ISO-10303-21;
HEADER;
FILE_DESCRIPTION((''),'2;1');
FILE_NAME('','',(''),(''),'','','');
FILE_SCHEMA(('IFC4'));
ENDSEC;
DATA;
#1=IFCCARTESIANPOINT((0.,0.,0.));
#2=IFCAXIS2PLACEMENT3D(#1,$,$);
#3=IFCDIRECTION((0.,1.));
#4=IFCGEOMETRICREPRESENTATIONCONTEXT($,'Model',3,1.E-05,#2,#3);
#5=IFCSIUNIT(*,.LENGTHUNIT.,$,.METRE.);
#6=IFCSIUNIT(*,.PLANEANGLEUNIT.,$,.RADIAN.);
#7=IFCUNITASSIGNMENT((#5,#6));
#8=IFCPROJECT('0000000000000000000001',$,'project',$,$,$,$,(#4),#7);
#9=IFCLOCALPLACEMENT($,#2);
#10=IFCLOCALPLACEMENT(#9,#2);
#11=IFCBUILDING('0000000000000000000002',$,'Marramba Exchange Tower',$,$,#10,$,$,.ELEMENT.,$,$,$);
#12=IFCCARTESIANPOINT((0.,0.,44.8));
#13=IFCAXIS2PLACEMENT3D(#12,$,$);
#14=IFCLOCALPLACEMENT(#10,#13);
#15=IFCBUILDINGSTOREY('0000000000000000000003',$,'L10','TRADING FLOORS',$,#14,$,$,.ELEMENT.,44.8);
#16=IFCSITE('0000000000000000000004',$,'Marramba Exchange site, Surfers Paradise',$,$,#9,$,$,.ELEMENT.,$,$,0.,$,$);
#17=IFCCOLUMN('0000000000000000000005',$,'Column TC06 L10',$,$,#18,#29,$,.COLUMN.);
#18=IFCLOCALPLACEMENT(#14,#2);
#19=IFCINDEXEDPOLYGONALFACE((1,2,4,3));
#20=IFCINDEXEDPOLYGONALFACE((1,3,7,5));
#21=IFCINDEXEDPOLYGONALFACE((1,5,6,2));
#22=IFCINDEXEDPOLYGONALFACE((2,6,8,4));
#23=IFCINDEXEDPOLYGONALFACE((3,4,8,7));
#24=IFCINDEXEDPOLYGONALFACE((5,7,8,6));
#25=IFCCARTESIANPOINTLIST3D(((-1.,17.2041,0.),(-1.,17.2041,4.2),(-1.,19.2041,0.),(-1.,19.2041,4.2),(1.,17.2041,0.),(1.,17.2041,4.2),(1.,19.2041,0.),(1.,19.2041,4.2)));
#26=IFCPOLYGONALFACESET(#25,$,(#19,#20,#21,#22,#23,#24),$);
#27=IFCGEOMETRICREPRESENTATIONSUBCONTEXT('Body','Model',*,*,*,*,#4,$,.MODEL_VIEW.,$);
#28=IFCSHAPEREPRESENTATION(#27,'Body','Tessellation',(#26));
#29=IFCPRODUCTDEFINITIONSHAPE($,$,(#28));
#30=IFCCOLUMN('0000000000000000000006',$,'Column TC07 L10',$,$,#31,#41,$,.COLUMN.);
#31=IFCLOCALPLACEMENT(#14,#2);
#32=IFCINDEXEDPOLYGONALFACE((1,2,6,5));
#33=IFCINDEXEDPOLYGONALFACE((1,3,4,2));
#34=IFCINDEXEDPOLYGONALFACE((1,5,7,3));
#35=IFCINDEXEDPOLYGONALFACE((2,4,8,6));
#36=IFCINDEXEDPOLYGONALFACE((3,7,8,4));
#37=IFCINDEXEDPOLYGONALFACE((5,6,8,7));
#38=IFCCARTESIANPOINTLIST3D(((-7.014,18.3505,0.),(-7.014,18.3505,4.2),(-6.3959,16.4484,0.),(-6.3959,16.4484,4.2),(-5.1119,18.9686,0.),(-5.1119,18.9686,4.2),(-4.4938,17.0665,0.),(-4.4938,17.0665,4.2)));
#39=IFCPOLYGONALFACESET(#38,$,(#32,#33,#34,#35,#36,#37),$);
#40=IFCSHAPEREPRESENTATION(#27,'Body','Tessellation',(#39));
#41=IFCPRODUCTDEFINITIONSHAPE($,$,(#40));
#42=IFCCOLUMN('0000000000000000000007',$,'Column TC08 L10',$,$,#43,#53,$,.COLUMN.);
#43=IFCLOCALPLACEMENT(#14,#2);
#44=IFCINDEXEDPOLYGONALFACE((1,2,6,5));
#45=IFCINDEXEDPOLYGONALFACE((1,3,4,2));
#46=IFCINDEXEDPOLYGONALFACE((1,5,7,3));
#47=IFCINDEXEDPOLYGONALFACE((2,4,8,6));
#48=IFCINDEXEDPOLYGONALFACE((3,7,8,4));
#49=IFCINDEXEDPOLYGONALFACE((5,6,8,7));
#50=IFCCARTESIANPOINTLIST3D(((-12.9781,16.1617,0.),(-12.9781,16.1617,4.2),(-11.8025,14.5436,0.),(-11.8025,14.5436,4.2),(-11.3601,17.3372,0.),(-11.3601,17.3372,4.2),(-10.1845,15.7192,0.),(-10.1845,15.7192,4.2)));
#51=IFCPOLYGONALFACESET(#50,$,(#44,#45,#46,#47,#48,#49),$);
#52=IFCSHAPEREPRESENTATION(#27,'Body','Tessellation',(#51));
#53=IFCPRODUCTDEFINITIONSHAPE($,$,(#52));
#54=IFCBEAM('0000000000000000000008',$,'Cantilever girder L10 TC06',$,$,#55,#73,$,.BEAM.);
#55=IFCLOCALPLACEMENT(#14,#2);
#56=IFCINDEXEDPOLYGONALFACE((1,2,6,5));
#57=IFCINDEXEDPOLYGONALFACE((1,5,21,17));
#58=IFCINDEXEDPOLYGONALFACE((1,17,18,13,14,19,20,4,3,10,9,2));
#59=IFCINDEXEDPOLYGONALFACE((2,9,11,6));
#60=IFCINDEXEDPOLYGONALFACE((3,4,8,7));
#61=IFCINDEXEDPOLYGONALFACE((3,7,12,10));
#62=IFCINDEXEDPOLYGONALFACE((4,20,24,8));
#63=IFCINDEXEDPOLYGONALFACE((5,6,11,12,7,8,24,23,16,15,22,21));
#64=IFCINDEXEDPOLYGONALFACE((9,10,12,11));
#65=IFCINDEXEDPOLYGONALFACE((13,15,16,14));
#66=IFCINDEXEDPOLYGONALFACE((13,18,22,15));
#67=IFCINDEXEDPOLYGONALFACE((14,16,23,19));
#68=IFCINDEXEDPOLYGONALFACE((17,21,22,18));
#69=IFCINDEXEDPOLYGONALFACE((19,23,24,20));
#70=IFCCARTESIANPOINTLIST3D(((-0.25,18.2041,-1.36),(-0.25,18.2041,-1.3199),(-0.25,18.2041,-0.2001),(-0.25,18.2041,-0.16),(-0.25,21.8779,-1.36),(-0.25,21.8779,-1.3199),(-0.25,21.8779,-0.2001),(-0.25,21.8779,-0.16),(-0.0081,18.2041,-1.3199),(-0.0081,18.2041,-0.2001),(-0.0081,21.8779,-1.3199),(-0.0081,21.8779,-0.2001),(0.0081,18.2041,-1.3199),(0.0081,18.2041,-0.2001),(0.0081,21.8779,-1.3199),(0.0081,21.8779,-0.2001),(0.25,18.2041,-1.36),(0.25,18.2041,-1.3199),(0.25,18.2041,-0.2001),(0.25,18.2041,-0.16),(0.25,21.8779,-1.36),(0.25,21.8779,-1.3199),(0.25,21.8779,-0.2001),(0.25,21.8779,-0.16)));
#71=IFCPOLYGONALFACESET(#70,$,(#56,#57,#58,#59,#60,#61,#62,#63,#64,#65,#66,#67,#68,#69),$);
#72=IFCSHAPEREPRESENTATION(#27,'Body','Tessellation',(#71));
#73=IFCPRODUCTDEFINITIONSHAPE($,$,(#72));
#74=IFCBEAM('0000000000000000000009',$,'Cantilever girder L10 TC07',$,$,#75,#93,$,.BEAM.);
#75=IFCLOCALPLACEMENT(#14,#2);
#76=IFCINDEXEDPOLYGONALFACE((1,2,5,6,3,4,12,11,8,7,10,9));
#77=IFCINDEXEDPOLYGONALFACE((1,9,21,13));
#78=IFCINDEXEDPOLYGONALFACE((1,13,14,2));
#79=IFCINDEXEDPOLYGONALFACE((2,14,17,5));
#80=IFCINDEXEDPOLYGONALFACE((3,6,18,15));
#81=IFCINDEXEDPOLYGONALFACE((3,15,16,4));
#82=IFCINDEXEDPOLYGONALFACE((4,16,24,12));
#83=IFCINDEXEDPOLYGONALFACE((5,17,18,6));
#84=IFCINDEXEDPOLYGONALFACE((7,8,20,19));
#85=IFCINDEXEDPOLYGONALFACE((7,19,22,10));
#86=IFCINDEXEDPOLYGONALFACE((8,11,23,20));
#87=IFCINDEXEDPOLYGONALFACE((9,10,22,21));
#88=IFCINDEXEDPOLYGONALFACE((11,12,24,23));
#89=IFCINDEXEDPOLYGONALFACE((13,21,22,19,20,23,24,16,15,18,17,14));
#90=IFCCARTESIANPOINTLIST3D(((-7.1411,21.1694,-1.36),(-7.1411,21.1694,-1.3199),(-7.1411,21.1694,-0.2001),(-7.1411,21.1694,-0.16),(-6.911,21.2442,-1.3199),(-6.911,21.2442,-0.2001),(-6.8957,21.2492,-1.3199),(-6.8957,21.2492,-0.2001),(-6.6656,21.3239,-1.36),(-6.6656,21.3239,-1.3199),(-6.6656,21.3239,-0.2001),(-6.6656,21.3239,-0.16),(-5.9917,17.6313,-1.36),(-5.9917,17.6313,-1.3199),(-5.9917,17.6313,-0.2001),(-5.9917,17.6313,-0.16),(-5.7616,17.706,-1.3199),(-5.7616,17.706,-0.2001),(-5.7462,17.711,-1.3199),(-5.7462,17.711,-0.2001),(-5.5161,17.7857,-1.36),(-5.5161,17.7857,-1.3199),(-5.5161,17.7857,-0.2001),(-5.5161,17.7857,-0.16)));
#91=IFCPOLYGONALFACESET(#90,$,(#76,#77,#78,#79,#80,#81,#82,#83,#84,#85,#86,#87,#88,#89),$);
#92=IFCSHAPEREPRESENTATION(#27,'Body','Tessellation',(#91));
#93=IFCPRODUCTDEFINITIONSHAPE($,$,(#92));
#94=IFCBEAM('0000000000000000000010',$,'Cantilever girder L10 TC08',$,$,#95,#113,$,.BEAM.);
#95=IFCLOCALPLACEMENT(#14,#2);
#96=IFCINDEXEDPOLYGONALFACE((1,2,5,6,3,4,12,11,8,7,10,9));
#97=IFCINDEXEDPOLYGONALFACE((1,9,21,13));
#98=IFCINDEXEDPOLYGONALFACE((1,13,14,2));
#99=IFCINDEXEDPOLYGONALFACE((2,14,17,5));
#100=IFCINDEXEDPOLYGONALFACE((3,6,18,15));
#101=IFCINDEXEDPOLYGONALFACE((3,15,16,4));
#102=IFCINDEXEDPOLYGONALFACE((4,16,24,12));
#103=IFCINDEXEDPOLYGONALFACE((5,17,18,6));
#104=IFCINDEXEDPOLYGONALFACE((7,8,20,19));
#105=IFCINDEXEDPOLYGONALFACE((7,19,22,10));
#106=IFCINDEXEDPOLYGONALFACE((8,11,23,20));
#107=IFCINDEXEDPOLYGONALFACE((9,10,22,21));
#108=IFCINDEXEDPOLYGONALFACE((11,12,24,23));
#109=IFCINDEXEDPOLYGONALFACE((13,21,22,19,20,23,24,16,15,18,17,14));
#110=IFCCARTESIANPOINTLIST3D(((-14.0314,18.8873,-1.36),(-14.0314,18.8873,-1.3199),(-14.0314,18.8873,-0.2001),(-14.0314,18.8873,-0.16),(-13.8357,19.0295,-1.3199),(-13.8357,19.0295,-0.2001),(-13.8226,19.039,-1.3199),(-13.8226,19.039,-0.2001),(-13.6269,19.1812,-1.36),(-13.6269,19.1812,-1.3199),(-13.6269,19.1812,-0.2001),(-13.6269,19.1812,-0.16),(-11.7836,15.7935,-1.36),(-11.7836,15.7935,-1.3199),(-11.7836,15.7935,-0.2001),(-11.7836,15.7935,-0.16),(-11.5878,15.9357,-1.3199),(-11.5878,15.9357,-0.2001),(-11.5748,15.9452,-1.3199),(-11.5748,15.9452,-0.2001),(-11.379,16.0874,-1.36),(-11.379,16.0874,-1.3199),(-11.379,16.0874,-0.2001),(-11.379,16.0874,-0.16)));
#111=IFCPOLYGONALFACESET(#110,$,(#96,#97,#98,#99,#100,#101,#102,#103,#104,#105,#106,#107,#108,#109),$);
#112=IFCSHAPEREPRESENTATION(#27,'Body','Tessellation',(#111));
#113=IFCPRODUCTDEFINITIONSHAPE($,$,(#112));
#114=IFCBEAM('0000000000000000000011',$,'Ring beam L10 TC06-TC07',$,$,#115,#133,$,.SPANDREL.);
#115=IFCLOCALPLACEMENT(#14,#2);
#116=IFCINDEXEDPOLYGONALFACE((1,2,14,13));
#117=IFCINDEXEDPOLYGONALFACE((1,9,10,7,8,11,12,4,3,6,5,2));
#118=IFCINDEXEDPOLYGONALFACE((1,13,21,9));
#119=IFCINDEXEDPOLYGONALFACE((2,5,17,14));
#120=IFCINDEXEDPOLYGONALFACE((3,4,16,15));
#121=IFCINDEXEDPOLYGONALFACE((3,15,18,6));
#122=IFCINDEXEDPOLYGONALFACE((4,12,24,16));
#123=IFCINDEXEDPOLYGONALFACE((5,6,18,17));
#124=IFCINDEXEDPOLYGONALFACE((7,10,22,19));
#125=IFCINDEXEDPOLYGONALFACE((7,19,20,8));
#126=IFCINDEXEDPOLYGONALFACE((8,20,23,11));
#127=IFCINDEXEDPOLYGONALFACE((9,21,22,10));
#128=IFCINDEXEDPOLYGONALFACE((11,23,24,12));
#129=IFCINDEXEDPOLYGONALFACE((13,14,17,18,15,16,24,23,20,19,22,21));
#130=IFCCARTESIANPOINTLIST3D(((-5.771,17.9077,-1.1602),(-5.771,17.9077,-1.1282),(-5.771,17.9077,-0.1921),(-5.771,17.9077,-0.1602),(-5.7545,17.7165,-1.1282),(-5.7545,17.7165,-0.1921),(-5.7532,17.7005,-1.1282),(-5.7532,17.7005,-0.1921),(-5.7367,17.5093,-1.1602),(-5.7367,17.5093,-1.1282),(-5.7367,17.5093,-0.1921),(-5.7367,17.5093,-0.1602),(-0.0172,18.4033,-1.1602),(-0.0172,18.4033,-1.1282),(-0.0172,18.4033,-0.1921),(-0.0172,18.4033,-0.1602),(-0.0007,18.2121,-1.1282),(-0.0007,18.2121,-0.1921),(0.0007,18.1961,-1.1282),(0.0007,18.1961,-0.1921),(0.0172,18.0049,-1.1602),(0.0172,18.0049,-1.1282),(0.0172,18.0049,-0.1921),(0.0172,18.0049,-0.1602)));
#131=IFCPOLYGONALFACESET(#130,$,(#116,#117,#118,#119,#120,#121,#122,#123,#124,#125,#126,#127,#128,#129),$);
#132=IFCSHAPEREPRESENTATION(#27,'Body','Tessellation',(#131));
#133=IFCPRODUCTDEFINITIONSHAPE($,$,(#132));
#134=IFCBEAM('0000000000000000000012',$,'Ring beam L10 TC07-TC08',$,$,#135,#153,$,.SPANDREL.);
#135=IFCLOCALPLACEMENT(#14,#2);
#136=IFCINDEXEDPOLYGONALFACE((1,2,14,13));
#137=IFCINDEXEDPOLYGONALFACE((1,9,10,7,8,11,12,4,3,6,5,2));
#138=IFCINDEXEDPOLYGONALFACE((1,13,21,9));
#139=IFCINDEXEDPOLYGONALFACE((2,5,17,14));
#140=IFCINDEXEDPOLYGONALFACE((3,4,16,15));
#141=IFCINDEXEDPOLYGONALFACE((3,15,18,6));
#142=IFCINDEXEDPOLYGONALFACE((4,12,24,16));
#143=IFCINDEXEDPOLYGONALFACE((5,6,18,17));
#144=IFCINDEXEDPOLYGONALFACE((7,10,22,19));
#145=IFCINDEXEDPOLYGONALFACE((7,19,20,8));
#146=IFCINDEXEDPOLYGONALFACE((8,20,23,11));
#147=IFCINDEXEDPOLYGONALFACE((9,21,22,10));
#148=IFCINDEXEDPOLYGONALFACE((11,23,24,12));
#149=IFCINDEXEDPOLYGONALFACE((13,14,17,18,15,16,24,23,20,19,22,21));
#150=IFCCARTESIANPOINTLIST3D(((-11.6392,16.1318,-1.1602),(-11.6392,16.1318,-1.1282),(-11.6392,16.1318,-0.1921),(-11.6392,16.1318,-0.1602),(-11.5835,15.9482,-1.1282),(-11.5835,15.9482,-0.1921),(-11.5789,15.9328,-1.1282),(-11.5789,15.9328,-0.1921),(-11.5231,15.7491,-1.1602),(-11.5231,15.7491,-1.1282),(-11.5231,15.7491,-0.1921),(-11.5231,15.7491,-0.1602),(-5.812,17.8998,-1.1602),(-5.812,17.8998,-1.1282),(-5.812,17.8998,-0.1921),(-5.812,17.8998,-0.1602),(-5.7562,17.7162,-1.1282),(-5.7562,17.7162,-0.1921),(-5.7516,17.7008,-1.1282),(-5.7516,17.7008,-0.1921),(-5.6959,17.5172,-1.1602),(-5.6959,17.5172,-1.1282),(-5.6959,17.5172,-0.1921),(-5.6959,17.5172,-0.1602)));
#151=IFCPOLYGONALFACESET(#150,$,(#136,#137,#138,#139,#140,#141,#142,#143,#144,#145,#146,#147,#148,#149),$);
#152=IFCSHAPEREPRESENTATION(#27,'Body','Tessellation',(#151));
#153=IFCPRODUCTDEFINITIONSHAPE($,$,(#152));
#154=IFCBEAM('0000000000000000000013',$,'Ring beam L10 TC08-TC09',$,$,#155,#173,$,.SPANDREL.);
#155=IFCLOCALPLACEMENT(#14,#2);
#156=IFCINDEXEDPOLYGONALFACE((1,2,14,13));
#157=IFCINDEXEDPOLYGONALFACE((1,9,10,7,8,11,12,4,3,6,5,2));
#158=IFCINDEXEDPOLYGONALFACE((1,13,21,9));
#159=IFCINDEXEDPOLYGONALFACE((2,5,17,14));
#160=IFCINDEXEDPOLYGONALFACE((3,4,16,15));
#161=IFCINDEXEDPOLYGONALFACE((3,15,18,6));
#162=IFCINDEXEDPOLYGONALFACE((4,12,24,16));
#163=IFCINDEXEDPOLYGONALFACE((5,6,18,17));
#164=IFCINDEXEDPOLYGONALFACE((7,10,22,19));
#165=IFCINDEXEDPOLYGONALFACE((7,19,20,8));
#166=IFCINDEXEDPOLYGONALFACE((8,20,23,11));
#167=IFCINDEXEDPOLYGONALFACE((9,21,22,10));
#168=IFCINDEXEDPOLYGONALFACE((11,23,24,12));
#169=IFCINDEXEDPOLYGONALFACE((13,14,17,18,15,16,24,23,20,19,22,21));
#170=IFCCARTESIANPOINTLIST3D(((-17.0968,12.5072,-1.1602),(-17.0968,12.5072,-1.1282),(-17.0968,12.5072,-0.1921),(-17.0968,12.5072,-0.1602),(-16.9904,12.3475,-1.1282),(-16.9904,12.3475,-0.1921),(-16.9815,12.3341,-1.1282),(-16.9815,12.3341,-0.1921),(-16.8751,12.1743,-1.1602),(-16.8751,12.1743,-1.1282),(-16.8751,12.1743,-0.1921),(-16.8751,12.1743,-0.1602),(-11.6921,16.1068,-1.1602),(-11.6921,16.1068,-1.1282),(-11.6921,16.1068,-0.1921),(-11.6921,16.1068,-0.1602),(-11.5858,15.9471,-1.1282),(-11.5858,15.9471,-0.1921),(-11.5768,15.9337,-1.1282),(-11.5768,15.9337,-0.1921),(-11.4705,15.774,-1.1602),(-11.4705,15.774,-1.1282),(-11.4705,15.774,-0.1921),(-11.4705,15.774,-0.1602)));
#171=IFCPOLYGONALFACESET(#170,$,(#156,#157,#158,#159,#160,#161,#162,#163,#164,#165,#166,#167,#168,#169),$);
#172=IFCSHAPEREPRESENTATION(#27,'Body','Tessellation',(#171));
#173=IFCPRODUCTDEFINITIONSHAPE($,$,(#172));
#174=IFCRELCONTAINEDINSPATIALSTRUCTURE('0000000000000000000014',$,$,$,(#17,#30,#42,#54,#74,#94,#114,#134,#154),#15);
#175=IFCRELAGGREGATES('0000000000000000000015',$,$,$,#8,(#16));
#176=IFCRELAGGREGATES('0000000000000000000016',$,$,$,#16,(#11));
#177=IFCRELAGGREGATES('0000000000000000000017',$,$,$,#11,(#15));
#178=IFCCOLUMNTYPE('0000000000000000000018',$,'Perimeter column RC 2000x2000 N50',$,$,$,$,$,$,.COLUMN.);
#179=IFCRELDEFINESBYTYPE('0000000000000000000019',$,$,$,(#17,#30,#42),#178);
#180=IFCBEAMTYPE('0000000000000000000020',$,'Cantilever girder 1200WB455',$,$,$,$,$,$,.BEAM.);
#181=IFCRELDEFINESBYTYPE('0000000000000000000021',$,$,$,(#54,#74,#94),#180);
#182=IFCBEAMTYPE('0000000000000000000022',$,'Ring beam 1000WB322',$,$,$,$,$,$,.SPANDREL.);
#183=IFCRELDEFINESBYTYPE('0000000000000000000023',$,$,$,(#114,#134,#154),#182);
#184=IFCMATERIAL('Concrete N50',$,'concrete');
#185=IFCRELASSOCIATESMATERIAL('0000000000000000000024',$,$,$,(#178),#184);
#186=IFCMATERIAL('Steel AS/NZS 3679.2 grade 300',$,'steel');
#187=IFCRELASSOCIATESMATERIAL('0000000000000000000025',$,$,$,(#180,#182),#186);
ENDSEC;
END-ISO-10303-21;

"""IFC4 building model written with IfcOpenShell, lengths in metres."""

from ifc_helpers import new_model, si_unit, direction, frame, origin, origin_2d, place, context, subcontext, project, spatial, rectangle, i_section, extrude, material, material_profile, profile_set, type_object, element, save


model = new_model("IFC4")

# Units and contexts
model_context = context("Model", 3, precision=1e-05, world=origin(), true_north=direction((0.0, 1.0)))
body_context = subcontext(model_context, "Body", "Model", "MODEL_VIEW")
ifc_project = project(units=[si_unit("LENGTHUNIT", "METRE"), si_unit("PLANEANGLEUNIT", "RADIAN")], contexts=[model_context])

# Site, building, storey
site_placement = place(None, origin())
site = spatial("IfcSite", under=ifc_project, at=site_placement, Name="Marramba Exchange site, Surfers Paradise", CompositionType="ELEMENT", RefElevation=0.0)
building_placement = place(site_placement, origin())
building = spatial("IfcBuilding", under=site, at=building_placement, Name="Marramba Exchange Tower", CompositionType="ELEMENT")
storey_placement = place(building_placement, frame((0.0, 0.0, 44.8)))
storey = spatial("IfcBuildingStorey", under=building, at=storey_placement, Name="L10", Description="TRADING FLOORS", CompositionType="ELEMENT", Elevation=44.8)

# Columns
ifc_material_1 = material(Name="Concrete N50", Category="concrete")
ifc_material_profile_1 = material_profile(ifc_material_1, rectangle(XDim=2.0, YDim=2.0, at=origin_2d()), Name="RC 2000x2000")
ifc_profile_set_1 = profile_set([ifc_material_profile_1], Name="Concrete N50")
column_type = type_object("IfcColumnType", Name="Perimeter column RC 2000x2000 N50", PredefinedType="COLUMN", material=ifc_profile_set_1)
for number, where, z_axis, x_axis, name in (
    (1, (0.0, 18.2041, 0.0), (0.0, 0.0, 1.0), (0.0, 1.0, 0.0), "Column TC06 L10"),
    (2, (-5.7539, 17.7085, 0.0), (0.0, 0.0, 1.0), (-0.309017, 0.951057, 0.0), "Column TC07 L10"),
    (3, (-11.5813, 15.9404, 0.0), (0.0, 0.0, 1.0), (-0.587785, 0.809017, 0.0), "Column TC08 L10"),
):
    element("IfcColumn", number, at=place(storey_placement, frame(where, z_axis=z_axis, x_axis=x_axis)), inside=storey, type_object=column_type, Name=name, PredefinedType="COLUMN", context=body_context, shape_type="SweptSolid", body=[
        extrude(rectangle(XDim=2.0, YDim=2.0, at=origin_2d()), origin(), (0.0, 0.0, 1.0), 4.2),
    ])

# Beams
ifc_material_2 = material(Name="Steel AS/NZS 3679.2 grade 300", Category="steel")
ifc_material_profile_2 = material_profile(ifc_material_2, i_section(OverallWidth=0.5, OverallDepth=1.2, WebThickness=0.0161, FlangeThickness=0.04, at=origin_2d()), Name="1200WB455")
ifc_profile_set_2 = profile_set([ifc_material_profile_2], Name="Steel AS/NZS 3679.2 grade 300")
beam_type_1 = type_object("IfcBeamType", Name="Cantilever girder 1200WB455", PredefinedType="BEAM", material=ifc_profile_set_2)
beam_1_placement = place(storey_placement, frame((0.0, 18.2041, -0.76), z_axis=(0.0, 1.0, 0.0), x_axis=(-1.0, 0.0, 0.0)))
element("IfcBeam", 4, at=beam_1_placement, inside=storey, type_object=beam_type_1, Name="Cantilever girder L10 TC06", PredefinedType="BEAM", context=body_context, shape_type="SweptSolid", body=[
    extrude(i_section(OverallWidth=0.5, OverallDepth=1.2, WebThickness=0.0161, FlangeThickness=0.04, at=origin_2d()), origin(), (0.0, 0.0, 1.0), 3.6738),
])
beam_2_placement = place(storey_placement, frame((-5.7539, 17.7085, -0.76), z_axis=(-0.308973, 0.951071, 0.0), x_axis=(-0.951071, -0.308973, 0.0)))
element("IfcBeam", 5, at=beam_2_placement, inside=storey, type_object=beam_type_1, Name="Cantilever girder L10 TC07", PredefinedType="BEAM", context=body_context, shape_type="SweptSolid", body=[
    extrude(i_section(OverallWidth=0.5, OverallDepth=1.2, WebThickness=0.0161, FlangeThickness=0.04, at=origin_2d()), origin(), (0.0, 0.0, 1.0), 3.7202),
])
beam_3_placement = place(storey_placement, frame((-11.5813, 15.9404, -0.76), z_axis=(-0.587796, 0.809009, 0.0), x_axis=(-0.809009, -0.587796, 0.0)))
element("IfcBeam", 6, at=beam_3_placement, inside=storey, type_object=beam_type_1, Name="Cantilever girder L10 TC08", PredefinedType="BEAM", context=body_context, shape_type="SweptSolid", body=[
    extrude(i_section(OverallWidth=0.5, OverallDepth=1.2, WebThickness=0.0161, FlangeThickness=0.04, at=origin_2d()), origin(), (0.0, 0.0, 1.0), 3.8242),
])
ifc_material_profile_3 = material_profile(ifc_material_2, i_section(OverallWidth=0.3999, OverallDepth=1.0, WebThickness=0.0161, FlangeThickness=0.032, at=origin_2d()), Name="1000WB322")
ifc_profile_set_3 = profile_set([ifc_material_profile_3], Name="Steel AS/NZS 3679.2 grade 300")
beam_type_2 = type_object("IfcBeamType", Name="Ring beam 1000WB322", PredefinedType="SPANDREL", material=ifc_profile_set_3)
beam_4_placement = place(storey_placement, frame((0.0, 18.2041, -0.6602), z_axis=(-0.996311, -0.085816, 0.0), x_axis=(0.085816, -0.996311, 0.0)))
element("IfcBeam", 7, at=beam_4_placement, inside=storey, type_object=beam_type_2, Name="Ring beam L10 TC06-TC07", PredefinedType="SPANDREL", context=body_context, shape_type="SweptSolid", body=[
    extrude(i_section(OverallWidth=0.3999, OverallDepth=1.0, WebThickness=0.0161, FlangeThickness=0.032, at=origin_2d()), origin(), (0.0, 0.0, 1.0), 5.7751),
])
beam_5_placement = place(storey_placement, frame((-5.7539, 17.7085, -0.6602), z_axis=(-0.956925, -0.290337, 0.0), x_axis=(0.290337, -0.956925, 0.0)))
element("IfcBeam", 8, at=beam_5_placement, inside=storey, type_object=beam_type_2, Name="Ring beam L10 TC07-TC08", PredefinedType="SPANDREL", context=body_context, shape_type="SweptSolid", body=[
    extrude(i_section(OverallWidth=0.3999, OverallDepth=1.0, WebThickness=0.0161, FlangeThickness=0.032, at=origin_2d()), origin(), (0.0, 0.0, 1.0), 6.0896),
])
beam_6_placement = place(storey_placement, frame((-11.5813, 15.9404, -0.6602), z_axis=(-0.832293, -0.554336, 0.0), x_axis=(0.554336, -0.832293, 0.0)))
element("IfcBeam", 9, at=beam_6_placement, inside=storey, type_object=beam_type_2, Name="Ring beam L10 TC08-TC09", PredefinedType="SPANDREL", context=body_context, shape_type="SweptSolid", body=[
    extrude(i_section(OverallWidth=0.3999, OverallDepth=1.0, WebThickness=0.0161, FlangeThickness=0.032, at=origin_2d()), origin(), (0.0, 0.0, 1.0), 6.4937),
])

save(model, "model.ifc")
